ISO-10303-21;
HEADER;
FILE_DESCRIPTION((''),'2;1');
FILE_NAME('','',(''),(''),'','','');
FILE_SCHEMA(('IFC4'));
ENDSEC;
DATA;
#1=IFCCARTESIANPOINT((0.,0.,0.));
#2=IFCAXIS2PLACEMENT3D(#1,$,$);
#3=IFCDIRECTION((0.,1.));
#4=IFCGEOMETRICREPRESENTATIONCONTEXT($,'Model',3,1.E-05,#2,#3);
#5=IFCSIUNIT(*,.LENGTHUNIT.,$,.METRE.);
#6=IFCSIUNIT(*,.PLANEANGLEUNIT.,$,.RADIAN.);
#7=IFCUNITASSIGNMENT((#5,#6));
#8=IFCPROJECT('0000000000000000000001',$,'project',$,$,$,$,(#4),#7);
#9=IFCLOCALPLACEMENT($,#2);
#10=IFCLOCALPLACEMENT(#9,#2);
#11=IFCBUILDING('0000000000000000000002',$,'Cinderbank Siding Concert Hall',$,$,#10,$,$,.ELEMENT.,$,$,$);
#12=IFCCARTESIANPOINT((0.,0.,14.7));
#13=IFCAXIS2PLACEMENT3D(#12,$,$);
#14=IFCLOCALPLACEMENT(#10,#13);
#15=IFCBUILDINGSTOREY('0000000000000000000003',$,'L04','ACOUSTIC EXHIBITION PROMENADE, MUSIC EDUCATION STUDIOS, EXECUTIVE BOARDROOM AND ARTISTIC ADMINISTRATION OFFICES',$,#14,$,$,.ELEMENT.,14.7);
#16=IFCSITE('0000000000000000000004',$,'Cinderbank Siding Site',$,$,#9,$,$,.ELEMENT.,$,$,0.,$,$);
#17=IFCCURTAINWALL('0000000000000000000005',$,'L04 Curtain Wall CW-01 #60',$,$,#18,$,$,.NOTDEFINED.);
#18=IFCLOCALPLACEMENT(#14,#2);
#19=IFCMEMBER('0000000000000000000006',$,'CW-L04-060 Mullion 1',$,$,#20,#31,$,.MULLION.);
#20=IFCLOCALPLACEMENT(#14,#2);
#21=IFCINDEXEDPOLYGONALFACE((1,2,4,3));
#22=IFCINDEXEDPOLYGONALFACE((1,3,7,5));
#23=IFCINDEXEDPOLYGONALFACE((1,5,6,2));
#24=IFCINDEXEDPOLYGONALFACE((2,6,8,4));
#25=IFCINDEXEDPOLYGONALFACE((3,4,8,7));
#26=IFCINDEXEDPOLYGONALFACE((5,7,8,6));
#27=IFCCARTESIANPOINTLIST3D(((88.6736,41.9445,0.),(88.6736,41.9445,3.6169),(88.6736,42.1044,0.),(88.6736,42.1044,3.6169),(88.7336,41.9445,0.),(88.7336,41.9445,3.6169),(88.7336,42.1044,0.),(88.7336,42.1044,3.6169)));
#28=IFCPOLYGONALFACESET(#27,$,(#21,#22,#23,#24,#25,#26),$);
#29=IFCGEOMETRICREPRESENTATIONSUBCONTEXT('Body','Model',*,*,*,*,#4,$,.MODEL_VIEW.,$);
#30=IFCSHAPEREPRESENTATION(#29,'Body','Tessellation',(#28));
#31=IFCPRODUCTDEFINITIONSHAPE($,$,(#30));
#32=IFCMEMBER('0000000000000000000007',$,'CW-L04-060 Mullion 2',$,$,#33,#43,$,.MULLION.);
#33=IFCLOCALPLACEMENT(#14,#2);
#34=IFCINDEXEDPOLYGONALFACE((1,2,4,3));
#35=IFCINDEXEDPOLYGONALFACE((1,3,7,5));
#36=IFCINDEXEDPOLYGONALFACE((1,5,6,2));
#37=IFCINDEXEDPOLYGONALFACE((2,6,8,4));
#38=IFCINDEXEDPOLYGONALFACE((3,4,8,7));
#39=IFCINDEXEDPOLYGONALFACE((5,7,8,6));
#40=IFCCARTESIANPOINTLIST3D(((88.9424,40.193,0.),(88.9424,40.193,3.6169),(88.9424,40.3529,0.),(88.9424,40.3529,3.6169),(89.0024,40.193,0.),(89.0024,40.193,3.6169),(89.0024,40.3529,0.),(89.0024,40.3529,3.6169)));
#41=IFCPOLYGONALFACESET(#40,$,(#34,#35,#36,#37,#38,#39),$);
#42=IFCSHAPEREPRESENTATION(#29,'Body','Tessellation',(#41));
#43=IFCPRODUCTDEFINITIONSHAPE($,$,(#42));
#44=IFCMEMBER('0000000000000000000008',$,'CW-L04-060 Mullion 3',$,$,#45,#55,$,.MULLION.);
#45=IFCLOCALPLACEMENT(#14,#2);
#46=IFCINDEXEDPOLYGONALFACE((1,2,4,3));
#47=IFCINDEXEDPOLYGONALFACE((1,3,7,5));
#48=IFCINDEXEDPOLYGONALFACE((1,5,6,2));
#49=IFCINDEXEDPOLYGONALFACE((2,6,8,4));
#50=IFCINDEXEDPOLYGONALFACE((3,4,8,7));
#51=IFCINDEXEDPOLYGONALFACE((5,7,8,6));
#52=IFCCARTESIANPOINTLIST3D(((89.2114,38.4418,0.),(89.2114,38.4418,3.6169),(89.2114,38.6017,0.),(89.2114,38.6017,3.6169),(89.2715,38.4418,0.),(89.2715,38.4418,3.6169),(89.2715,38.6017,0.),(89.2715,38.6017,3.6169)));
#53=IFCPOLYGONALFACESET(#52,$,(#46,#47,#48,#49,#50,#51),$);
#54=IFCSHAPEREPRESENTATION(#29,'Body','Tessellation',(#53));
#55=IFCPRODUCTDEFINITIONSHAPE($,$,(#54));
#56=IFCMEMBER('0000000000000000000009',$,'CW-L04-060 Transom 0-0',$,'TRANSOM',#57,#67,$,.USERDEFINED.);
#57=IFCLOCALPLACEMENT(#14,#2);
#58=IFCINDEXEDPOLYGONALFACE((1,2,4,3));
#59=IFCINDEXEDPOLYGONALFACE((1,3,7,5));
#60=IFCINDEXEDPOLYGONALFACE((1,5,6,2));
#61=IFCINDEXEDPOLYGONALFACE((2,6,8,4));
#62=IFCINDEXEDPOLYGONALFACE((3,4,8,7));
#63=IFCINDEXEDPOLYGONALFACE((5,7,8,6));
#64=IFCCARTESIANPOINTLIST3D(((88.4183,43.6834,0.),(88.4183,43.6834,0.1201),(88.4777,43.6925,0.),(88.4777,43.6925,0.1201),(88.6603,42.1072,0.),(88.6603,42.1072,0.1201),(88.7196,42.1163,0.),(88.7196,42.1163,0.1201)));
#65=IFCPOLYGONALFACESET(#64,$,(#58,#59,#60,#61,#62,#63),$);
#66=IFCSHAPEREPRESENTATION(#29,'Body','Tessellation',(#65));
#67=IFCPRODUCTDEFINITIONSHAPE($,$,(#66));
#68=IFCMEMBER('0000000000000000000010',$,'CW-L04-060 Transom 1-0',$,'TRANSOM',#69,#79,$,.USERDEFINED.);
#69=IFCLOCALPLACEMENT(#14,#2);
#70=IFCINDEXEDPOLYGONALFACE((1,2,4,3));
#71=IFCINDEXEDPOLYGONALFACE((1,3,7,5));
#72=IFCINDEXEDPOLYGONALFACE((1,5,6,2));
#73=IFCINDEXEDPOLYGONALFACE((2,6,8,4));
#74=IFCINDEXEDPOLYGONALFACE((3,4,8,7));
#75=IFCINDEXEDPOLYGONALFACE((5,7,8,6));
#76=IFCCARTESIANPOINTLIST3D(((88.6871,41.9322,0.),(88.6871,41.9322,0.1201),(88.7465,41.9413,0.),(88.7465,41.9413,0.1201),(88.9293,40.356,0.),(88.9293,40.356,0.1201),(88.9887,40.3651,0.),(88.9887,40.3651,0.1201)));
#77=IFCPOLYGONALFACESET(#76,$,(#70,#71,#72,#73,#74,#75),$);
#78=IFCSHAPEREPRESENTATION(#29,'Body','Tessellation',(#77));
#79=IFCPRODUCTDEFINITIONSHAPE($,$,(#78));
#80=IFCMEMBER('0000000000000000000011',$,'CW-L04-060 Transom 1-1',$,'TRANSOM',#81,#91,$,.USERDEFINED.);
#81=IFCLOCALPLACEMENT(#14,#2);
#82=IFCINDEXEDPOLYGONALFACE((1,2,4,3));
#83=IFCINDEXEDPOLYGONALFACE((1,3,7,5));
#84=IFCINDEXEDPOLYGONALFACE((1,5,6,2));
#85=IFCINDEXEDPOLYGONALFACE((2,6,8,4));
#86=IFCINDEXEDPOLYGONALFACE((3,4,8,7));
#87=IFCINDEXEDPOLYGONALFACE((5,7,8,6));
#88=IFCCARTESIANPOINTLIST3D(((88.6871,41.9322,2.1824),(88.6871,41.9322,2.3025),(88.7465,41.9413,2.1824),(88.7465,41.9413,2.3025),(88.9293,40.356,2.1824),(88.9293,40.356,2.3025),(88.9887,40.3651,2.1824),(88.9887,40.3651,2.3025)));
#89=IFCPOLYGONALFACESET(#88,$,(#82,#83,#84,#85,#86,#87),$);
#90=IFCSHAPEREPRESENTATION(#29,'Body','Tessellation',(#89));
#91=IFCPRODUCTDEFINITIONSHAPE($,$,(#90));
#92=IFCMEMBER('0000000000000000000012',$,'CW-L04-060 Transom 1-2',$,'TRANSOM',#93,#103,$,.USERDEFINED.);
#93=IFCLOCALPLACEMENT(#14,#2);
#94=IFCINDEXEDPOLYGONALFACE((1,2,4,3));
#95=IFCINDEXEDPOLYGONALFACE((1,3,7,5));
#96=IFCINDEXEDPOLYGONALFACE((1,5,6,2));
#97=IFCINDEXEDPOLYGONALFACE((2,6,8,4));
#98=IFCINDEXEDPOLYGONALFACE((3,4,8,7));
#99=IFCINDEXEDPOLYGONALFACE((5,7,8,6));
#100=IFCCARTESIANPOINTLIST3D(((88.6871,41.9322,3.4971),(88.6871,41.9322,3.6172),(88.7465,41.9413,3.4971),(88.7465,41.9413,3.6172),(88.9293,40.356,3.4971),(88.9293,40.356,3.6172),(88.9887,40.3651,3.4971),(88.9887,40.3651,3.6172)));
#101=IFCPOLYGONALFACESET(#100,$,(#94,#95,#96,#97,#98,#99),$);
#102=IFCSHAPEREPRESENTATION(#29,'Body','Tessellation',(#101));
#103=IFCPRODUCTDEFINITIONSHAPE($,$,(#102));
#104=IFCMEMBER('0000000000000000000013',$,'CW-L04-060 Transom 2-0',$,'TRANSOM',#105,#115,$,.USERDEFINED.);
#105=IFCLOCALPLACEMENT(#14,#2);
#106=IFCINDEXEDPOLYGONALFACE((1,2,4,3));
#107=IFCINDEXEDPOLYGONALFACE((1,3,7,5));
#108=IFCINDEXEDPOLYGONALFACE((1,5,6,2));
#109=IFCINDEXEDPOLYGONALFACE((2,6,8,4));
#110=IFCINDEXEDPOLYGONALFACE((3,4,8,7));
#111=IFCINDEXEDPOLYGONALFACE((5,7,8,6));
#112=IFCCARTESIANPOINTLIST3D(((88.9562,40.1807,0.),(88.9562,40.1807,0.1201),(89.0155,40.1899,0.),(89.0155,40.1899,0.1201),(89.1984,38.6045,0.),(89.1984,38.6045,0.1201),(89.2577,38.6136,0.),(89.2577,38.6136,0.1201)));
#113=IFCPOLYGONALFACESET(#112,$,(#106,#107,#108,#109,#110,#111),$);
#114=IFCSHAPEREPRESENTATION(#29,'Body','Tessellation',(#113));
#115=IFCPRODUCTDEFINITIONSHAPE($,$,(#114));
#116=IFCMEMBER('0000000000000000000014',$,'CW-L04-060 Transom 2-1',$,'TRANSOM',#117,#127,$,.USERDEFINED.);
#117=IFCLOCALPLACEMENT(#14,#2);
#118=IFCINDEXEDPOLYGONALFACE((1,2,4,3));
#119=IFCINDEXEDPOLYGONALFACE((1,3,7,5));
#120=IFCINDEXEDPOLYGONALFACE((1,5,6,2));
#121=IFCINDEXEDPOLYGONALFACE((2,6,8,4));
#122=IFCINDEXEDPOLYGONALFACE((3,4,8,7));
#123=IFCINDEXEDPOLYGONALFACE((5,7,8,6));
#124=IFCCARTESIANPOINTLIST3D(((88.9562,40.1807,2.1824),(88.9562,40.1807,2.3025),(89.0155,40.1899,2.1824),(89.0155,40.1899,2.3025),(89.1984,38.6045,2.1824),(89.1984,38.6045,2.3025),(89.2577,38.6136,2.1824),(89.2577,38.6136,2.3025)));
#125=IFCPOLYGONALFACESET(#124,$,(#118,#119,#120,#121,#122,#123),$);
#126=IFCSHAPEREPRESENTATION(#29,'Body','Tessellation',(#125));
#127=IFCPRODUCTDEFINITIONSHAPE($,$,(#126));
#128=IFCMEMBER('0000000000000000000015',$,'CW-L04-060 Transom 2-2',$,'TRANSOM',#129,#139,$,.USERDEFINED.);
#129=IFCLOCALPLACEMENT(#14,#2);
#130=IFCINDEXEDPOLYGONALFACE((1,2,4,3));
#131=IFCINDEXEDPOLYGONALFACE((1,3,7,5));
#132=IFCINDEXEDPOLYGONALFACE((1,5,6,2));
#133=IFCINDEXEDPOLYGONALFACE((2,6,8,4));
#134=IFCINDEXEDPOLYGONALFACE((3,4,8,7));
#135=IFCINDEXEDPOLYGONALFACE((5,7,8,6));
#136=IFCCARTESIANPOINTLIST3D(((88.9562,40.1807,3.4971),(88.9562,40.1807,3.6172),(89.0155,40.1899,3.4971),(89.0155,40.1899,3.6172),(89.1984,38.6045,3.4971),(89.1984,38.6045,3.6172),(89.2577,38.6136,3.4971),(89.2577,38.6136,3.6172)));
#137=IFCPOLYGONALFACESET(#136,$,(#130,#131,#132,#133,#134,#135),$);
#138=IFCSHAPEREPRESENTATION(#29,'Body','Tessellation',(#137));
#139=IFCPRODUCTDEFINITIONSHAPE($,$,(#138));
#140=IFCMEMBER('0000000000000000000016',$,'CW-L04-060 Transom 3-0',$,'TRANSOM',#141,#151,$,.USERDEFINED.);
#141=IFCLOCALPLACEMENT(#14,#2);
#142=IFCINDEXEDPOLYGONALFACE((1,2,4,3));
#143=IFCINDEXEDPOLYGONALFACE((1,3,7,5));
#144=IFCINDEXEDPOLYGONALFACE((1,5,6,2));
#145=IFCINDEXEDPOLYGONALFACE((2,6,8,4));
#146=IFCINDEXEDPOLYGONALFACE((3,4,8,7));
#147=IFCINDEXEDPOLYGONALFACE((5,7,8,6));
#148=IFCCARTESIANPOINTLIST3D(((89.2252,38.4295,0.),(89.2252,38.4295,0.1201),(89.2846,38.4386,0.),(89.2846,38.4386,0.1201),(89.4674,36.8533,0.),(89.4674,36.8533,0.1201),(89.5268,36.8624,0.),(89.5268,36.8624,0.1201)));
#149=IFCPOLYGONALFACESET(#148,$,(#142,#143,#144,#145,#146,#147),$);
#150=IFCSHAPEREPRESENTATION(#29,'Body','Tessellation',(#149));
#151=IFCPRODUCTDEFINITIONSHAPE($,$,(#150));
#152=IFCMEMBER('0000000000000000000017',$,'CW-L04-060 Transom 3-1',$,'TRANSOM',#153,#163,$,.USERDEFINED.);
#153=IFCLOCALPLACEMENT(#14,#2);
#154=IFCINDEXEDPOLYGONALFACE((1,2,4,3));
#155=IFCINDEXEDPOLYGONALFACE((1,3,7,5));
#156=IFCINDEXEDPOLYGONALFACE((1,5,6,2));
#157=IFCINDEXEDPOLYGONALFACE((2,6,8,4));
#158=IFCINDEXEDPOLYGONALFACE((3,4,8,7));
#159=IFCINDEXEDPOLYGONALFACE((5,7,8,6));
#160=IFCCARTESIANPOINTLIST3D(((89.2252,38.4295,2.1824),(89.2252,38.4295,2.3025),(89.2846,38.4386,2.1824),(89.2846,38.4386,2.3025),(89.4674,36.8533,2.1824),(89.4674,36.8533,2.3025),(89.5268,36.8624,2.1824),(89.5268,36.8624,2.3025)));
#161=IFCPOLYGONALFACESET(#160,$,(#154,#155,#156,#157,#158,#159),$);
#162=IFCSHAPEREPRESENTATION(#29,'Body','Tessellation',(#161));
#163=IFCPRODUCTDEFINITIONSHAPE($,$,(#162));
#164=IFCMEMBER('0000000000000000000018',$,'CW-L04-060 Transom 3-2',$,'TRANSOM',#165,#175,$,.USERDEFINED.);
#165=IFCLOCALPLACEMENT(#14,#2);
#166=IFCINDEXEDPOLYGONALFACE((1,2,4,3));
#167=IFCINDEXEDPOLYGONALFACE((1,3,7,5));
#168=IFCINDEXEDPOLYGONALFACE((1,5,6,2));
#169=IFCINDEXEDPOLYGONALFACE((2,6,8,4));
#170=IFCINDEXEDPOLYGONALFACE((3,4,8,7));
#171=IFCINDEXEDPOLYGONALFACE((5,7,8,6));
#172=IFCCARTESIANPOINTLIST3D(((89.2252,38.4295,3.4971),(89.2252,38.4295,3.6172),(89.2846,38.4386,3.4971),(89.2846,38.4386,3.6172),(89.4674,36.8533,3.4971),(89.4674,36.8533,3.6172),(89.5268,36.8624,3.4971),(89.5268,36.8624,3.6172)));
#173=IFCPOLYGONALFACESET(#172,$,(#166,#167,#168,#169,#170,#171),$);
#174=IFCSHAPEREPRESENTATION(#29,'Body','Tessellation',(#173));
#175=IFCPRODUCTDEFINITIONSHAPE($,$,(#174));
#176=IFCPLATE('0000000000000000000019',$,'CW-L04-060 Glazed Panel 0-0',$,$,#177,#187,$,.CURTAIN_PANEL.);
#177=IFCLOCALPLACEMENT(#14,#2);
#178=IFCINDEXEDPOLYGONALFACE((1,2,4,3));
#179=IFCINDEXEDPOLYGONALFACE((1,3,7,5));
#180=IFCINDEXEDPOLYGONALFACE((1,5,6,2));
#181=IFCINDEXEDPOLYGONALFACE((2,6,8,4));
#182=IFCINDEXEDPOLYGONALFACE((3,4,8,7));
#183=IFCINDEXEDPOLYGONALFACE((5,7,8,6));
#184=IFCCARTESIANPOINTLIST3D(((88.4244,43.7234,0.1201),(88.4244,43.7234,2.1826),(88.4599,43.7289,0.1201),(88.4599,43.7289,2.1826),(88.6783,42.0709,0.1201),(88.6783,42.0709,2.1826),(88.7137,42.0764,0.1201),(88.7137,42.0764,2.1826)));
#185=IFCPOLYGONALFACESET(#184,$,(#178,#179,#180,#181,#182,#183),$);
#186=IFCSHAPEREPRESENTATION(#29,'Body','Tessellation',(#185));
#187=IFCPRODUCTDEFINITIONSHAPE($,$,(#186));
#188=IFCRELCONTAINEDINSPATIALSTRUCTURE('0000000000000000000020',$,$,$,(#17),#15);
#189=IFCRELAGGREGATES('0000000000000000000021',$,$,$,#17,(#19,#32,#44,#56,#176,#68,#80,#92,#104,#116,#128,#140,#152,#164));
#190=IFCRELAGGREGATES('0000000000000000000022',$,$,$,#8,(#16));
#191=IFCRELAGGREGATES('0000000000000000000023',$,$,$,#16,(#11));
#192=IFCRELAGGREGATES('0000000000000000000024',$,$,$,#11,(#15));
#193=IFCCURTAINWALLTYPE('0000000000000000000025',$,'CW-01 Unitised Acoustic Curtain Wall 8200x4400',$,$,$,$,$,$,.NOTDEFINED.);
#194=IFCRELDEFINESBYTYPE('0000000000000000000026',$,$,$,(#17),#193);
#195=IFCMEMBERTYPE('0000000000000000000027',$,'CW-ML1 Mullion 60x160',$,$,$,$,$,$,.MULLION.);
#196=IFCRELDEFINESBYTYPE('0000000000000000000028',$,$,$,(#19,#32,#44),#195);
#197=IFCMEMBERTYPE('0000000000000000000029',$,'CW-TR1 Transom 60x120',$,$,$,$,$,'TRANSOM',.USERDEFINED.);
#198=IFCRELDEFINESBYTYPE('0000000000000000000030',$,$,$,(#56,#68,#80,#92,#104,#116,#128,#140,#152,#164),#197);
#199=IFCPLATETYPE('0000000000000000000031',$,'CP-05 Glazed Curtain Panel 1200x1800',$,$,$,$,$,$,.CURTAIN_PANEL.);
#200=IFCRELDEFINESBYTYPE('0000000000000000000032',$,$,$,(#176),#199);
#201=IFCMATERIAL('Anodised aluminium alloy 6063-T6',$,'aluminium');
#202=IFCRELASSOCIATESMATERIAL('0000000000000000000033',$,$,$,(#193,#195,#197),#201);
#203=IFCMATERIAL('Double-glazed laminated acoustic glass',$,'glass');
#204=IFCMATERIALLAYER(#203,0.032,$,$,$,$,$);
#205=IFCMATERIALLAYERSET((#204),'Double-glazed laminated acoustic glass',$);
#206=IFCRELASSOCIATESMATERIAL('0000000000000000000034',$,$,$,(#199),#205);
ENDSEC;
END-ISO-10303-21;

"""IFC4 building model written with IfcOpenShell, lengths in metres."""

from ifc_helpers import new_model, si_unit, direction, frame, origin, origin_2d, place, context, subcontext, project, spatial, rectangle, extrude, material, layer, layer_set, material_profile, profile_set, type_object, element, aggregate, save


model = new_model("IFC4")

# Units and contexts
model_context = context("Model", 3, precision=1e-05, world=origin(), true_north=direction((0.0, 1.0)))
body_context = subcontext(model_context, "Body", "Model", "MODEL_VIEW")
ifc_project = project(units=[si_unit("LENGTHUNIT", "METRE"), si_unit("PLANEANGLEUNIT", "RADIAN")], contexts=[model_context])

# Site, building, storey
site_placement = place(None, origin())
site = spatial("IfcSite", under=ifc_project, at=site_placement, Name="Cinderbank Siding Site", CompositionType="ELEMENT", RefElevation=0.0)
building_placement = place(site_placement, origin())
building = spatial("IfcBuilding", under=site, at=building_placement, Name="Cinderbank Siding Concert Hall", CompositionType="ELEMENT")
storey_placement = place(building_placement, frame((0.0, 0.0, 14.7)))
storey = spatial("IfcBuildingStorey", under=building, at=storey_placement, Name="L04", Description="ACOUSTIC EXHIBITION PROMENADE, MUSIC EDUCATION STUDIOS, EXECUTIVE BOARDROOM AND ARTISTIC ADMINISTRATION OFFICES", CompositionType="ELEMENT", Elevation=14.7)

# Curtain wall, members, plate
ifc_material_1 = material(Name="Anodised aluminium alloy 6063-T6", Category="aluminium")
curtain_wall_type = type_object("IfcCurtainWallType", Name="CW-01 Unitised Acoustic Curtain Wall 8200x4400", PredefinedType="NOTDEFINED", material=ifc_material_1)
curtain_wall_placement = place(storey_placement, origin())
curtain_wall = element("IfcCurtainWall", 1, at=curtain_wall_placement, inside=storey, type_object=curtain_wall_type, Name="L04 Curtain Wall CW-01 #60", PredefinedType="NOTDEFINED")
ifc_material_profile_1 = material_profile(ifc_material_1, rectangle(XDim=0.0601, YDim=0.1599, at=origin_2d()), Name="ALU-MULL-60x160", Category="LoadBearing")
ifc_profile_set_1 = profile_set([ifc_material_profile_1], Name="Anodised aluminium alloy 6063-T6")
member_type_1 = type_object("IfcMemberType", Name="CW-ML1 Mullion 60x160", PredefinedType="MULLION", material=ifc_profile_set_1)
member_1_placement = place(storey_placement, frame((88.7036, 42.0244, 0.0), z_axis=(0.0, 0.0, 1.0), x_axis=(1.0, 0.0, 0.0)))
member_1 = element("IfcMember", 2, at=member_1_placement, type_object=member_type_1, Name="CW-L04-060 Mullion 1", PredefinedType="MULLION", context=body_context, shape_type="SweptSolid", body=[
    extrude(rectangle(XDim=0.0601, YDim=0.1599, at=origin_2d()), origin(), (0.0, 0.0, 1.0), 3.6169),
])
member_2_placement = place(storey_placement, frame((88.9724, 40.2729, 0.0), z_axis=(0.0, 0.0, 1.0), x_axis=(1.0, 0.0, 0.0)))
member_2 = element("IfcMember", 3, at=member_2_placement, type_object=member_type_1, Name="CW-L04-060 Mullion 2", PredefinedType="MULLION", context=body_context, shape_type="SweptSolid", body=[
    extrude(rectangle(XDim=0.0601, YDim=0.1599, at=origin_2d()), origin(), (0.0, 0.0, 1.0), 3.6169),
])
member_3_placement = place(storey_placement, frame((89.2415, 38.5217, 0.0), z_axis=(0.0, 0.0, 1.0), x_axis=(1.0, 0.0, 0.0)))
member_3 = element("IfcMember", 4, at=member_3_placement, type_object=member_type_1, Name="CW-L04-060 Mullion 3", PredefinedType="MULLION", context=body_context, shape_type="SweptSolid", body=[
    extrude(rectangle(XDim=0.0601, YDim=0.1599, at=origin_2d()), origin(), (0.0, 0.0, 1.0), 3.6169),
])
ifc_material_profile_2 = material_profile(ifc_material_1, rectangle(XDim=0.0601, YDim=0.1201, at=origin_2d()), Name="ALU-TRAN-60x120", Category="LoadBearing")
ifc_profile_set_2 = profile_set([ifc_material_profile_2], Name="Anodised aluminium alloy 6063-T6")
member_type_2 = type_object("IfcMemberType", Name="CW-TR1 Transom 60x120", ElementType="TRANSOM", PredefinedType="USERDEFINED", material=ifc_profile_set_2)
member_4_placement = place(storey_placement, frame((88.448, 43.688, 0.0601), z_axis=(0.151724, -0.988423, 0.0), x_axis=(0.988423, 0.151724, 0.0)))
member_4 = element("IfcMember", 5, at=member_4_placement, type_object=member_type_2, Name="CW-L04-060 Transom 0-0", ObjectType="TRANSOM", PredefinedType="USERDEFINED", context=body_context, shape_type="SweptSolid", body=[
    extrude(rectangle(XDim=0.0601, YDim=0.1201, at=origin_2d()), origin(), (0.0, 0.0, 1.0), 1.5947),
])
member_5_placement = place(storey_placement, frame((88.7168, 41.9368, 0.0601), z_axis=(0.151873, -0.9884, 0.0), x_axis=(0.9884, 0.151873, 0.0)))
member_5 = element("IfcMember", 6, at=member_5_placement, type_object=member_type_2, Name="CW-L04-060 Transom 1-0", ObjectType="TRANSOM", PredefinedType="USERDEFINED", context=body_context, shape_type="SweptSolid", body=[
    extrude(rectangle(XDim=0.0601, YDim=0.1201, at=origin_2d()), origin(), (0.0, 0.0, 1.0), 1.5947),
])
member_6_placement = place(storey_placement, frame((88.7168, 41.9368, 2.2424), z_axis=(0.151873, -0.9884, 0.0), x_axis=(0.9884, 0.151873, 0.0)))
member_6 = element("IfcMember", 7, at=member_6_placement, type_object=member_type_2, Name="CW-L04-060 Transom 1-1", ObjectType="TRANSOM", PredefinedType="USERDEFINED", context=body_context, shape_type="SweptSolid", body=[
    extrude(rectangle(XDim=0.0601, YDim=0.1201, at=origin_2d()), origin(), (0.0, 0.0, 1.0), 1.5947),
])
member_7_placement = place(storey_placement, frame((88.7168, 41.9368, 3.5571), z_axis=(0.151873, -0.9884, 0.0), x_axis=(0.9884, 0.151873, 0.0)))
member_7 = element("IfcMember", 8, at=member_7_placement, type_object=member_type_2, Name="CW-L04-060 Transom 1-2", ObjectType="TRANSOM", PredefinedType="USERDEFINED", context=body_context, shape_type="SweptSolid", body=[
    extrude(rectangle(XDim=0.0601, YDim=0.1201, at=origin_2d()), origin(), (0.0, 0.0, 1.0), 1.5947),
])
member_8_placement = place(storey_placement, frame((88.9858, 40.1853, 0.0601), z_axis=(0.151873, -0.9884, 0.0), x_axis=(0.9884, 0.151873, 0.0)))
member_8 = element("IfcMember", 9, at=member_8_placement, type_object=member_type_2, Name="CW-L04-060 Transom 2-0", ObjectType="TRANSOM", PredefinedType="USERDEFINED", context=body_context, shape_type="SweptSolid", body=[
    extrude(rectangle(XDim=0.0601, YDim=0.1201, at=origin_2d()), origin(), (0.0, 0.0, 1.0), 1.5947),
])
member_9_placement = place(storey_placement, frame((88.9858, 40.1853, 2.2424), z_axis=(0.151873, -0.9884, 0.0), x_axis=(0.9884, 0.151873, 0.0)))
member_9 = element("IfcMember", 10, at=member_9_placement, type_object=member_type_2, Name="CW-L04-060 Transom 2-1", ObjectType="TRANSOM", PredefinedType="USERDEFINED", context=body_context, shape_type="SweptSolid", body=[
    extrude(rectangle(XDim=0.0601, YDim=0.1201, at=origin_2d()), origin(), (0.0, 0.0, 1.0), 1.5947),
])
member_10_placement = place(storey_placement, frame((88.9858, 40.1853, 3.5571), z_axis=(0.151873, -0.9884, 0.0), x_axis=(0.9884, 0.151873, 0.0)))
member_10 = element("IfcMember", 11, at=member_10_placement, type_object=member_type_2, Name="CW-L04-060 Transom 2-2", ObjectType="TRANSOM", PredefinedType="USERDEFINED", context=body_context, shape_type="SweptSolid", body=[
    extrude(rectangle(XDim=0.0601, YDim=0.1201, at=origin_2d()), origin(), (0.0, 0.0, 1.0), 1.5947),
])
member_11_placement = place(storey_placement, frame((89.2549, 38.4341, 0.0601), z_axis=(0.151873, -0.9884, 0.0), x_axis=(0.9884, 0.151873, 0.0)))
member_11 = element("IfcMember", 12, at=member_11_placement, type_object=member_type_2, Name="CW-L04-060 Transom 3-0", ObjectType="TRANSOM", PredefinedType="USERDEFINED", context=body_context, shape_type="SweptSolid", body=[
    extrude(rectangle(XDim=0.0601, YDim=0.1201, at=origin_2d()), origin(), (0.0, 0.0, 1.0), 1.5947),
])
member_12_placement = place(storey_placement, frame((89.2549, 38.4341, 2.2424), z_axis=(0.151873, -0.9884, 0.0), x_axis=(0.9884, 0.151873, 0.0)))
member_12 = element("IfcMember", 13, at=member_12_placement, type_object=member_type_2, Name="CW-L04-060 Transom 3-1", ObjectType="TRANSOM", PredefinedType="USERDEFINED", context=body_context, shape_type="SweptSolid", body=[
    extrude(rectangle(XDim=0.0601, YDim=0.1201, at=origin_2d()), origin(), (0.0, 0.0, 1.0), 1.5947),
])
member_13_placement = place(storey_placement, frame((89.2549, 38.4341, 3.5571), z_axis=(0.151873, -0.9884, 0.0), x_axis=(0.9884, 0.151873, 0.0)))
member_13 = element("IfcMember", 14, at=member_13_placement, type_object=member_type_2, Name="CW-L04-060 Transom 3-2", ObjectType="TRANSOM", PredefinedType="USERDEFINED", context=body_context, shape_type="SweptSolid", body=[
    extrude(rectangle(XDim=0.0601, YDim=0.1201, at=origin_2d()), origin(), (0.0, 0.0, 1.0), 1.5947),
])
ifc_material_2 = material(Name="Double-glazed laminated acoustic glass", Category="glass")
ifc_layer_1 = layer(ifc_material_2, 0.032)
ifc_layer_set_1 = layer_set([ifc_layer_1], Name="Double-glazed laminated acoustic glass")
plate_type = type_object("IfcPlateType", Name="CP-05 Glazed Curtain Panel 1200x1800", PredefinedType="CURTAIN_PANEL", material=ifc_layer_set_1)
plate_1_placement = place(storey_placement, frame((88.5691, 42.8999, 0.1201), z_axis=(0.0, 0.0, 1.0), x_axis=(0.151815, -0.988409, 0.0)))
plate_1 = element("IfcPlate", 15, at=plate_1_placement, type_object=plate_type, Name="CW-L04-060 Glazed Panel 0-0", PredefinedType="CURTAIN_PANEL", context=body_context, shape_type="SweptSolid", body=[
    extrude(rectangle(XDim=1.6719, YDim=0.0359, at=origin_2d()), origin(), (0.0, 0.0, 1.0), 2.0625),
])
aggregate(curtain_wall, [member_1, member_2, member_3, member_4, plate_1, member_5, member_6, member_7, member_8, member_9, member_10, member_11, member_12, member_13])

save(model, "model.ifc")
